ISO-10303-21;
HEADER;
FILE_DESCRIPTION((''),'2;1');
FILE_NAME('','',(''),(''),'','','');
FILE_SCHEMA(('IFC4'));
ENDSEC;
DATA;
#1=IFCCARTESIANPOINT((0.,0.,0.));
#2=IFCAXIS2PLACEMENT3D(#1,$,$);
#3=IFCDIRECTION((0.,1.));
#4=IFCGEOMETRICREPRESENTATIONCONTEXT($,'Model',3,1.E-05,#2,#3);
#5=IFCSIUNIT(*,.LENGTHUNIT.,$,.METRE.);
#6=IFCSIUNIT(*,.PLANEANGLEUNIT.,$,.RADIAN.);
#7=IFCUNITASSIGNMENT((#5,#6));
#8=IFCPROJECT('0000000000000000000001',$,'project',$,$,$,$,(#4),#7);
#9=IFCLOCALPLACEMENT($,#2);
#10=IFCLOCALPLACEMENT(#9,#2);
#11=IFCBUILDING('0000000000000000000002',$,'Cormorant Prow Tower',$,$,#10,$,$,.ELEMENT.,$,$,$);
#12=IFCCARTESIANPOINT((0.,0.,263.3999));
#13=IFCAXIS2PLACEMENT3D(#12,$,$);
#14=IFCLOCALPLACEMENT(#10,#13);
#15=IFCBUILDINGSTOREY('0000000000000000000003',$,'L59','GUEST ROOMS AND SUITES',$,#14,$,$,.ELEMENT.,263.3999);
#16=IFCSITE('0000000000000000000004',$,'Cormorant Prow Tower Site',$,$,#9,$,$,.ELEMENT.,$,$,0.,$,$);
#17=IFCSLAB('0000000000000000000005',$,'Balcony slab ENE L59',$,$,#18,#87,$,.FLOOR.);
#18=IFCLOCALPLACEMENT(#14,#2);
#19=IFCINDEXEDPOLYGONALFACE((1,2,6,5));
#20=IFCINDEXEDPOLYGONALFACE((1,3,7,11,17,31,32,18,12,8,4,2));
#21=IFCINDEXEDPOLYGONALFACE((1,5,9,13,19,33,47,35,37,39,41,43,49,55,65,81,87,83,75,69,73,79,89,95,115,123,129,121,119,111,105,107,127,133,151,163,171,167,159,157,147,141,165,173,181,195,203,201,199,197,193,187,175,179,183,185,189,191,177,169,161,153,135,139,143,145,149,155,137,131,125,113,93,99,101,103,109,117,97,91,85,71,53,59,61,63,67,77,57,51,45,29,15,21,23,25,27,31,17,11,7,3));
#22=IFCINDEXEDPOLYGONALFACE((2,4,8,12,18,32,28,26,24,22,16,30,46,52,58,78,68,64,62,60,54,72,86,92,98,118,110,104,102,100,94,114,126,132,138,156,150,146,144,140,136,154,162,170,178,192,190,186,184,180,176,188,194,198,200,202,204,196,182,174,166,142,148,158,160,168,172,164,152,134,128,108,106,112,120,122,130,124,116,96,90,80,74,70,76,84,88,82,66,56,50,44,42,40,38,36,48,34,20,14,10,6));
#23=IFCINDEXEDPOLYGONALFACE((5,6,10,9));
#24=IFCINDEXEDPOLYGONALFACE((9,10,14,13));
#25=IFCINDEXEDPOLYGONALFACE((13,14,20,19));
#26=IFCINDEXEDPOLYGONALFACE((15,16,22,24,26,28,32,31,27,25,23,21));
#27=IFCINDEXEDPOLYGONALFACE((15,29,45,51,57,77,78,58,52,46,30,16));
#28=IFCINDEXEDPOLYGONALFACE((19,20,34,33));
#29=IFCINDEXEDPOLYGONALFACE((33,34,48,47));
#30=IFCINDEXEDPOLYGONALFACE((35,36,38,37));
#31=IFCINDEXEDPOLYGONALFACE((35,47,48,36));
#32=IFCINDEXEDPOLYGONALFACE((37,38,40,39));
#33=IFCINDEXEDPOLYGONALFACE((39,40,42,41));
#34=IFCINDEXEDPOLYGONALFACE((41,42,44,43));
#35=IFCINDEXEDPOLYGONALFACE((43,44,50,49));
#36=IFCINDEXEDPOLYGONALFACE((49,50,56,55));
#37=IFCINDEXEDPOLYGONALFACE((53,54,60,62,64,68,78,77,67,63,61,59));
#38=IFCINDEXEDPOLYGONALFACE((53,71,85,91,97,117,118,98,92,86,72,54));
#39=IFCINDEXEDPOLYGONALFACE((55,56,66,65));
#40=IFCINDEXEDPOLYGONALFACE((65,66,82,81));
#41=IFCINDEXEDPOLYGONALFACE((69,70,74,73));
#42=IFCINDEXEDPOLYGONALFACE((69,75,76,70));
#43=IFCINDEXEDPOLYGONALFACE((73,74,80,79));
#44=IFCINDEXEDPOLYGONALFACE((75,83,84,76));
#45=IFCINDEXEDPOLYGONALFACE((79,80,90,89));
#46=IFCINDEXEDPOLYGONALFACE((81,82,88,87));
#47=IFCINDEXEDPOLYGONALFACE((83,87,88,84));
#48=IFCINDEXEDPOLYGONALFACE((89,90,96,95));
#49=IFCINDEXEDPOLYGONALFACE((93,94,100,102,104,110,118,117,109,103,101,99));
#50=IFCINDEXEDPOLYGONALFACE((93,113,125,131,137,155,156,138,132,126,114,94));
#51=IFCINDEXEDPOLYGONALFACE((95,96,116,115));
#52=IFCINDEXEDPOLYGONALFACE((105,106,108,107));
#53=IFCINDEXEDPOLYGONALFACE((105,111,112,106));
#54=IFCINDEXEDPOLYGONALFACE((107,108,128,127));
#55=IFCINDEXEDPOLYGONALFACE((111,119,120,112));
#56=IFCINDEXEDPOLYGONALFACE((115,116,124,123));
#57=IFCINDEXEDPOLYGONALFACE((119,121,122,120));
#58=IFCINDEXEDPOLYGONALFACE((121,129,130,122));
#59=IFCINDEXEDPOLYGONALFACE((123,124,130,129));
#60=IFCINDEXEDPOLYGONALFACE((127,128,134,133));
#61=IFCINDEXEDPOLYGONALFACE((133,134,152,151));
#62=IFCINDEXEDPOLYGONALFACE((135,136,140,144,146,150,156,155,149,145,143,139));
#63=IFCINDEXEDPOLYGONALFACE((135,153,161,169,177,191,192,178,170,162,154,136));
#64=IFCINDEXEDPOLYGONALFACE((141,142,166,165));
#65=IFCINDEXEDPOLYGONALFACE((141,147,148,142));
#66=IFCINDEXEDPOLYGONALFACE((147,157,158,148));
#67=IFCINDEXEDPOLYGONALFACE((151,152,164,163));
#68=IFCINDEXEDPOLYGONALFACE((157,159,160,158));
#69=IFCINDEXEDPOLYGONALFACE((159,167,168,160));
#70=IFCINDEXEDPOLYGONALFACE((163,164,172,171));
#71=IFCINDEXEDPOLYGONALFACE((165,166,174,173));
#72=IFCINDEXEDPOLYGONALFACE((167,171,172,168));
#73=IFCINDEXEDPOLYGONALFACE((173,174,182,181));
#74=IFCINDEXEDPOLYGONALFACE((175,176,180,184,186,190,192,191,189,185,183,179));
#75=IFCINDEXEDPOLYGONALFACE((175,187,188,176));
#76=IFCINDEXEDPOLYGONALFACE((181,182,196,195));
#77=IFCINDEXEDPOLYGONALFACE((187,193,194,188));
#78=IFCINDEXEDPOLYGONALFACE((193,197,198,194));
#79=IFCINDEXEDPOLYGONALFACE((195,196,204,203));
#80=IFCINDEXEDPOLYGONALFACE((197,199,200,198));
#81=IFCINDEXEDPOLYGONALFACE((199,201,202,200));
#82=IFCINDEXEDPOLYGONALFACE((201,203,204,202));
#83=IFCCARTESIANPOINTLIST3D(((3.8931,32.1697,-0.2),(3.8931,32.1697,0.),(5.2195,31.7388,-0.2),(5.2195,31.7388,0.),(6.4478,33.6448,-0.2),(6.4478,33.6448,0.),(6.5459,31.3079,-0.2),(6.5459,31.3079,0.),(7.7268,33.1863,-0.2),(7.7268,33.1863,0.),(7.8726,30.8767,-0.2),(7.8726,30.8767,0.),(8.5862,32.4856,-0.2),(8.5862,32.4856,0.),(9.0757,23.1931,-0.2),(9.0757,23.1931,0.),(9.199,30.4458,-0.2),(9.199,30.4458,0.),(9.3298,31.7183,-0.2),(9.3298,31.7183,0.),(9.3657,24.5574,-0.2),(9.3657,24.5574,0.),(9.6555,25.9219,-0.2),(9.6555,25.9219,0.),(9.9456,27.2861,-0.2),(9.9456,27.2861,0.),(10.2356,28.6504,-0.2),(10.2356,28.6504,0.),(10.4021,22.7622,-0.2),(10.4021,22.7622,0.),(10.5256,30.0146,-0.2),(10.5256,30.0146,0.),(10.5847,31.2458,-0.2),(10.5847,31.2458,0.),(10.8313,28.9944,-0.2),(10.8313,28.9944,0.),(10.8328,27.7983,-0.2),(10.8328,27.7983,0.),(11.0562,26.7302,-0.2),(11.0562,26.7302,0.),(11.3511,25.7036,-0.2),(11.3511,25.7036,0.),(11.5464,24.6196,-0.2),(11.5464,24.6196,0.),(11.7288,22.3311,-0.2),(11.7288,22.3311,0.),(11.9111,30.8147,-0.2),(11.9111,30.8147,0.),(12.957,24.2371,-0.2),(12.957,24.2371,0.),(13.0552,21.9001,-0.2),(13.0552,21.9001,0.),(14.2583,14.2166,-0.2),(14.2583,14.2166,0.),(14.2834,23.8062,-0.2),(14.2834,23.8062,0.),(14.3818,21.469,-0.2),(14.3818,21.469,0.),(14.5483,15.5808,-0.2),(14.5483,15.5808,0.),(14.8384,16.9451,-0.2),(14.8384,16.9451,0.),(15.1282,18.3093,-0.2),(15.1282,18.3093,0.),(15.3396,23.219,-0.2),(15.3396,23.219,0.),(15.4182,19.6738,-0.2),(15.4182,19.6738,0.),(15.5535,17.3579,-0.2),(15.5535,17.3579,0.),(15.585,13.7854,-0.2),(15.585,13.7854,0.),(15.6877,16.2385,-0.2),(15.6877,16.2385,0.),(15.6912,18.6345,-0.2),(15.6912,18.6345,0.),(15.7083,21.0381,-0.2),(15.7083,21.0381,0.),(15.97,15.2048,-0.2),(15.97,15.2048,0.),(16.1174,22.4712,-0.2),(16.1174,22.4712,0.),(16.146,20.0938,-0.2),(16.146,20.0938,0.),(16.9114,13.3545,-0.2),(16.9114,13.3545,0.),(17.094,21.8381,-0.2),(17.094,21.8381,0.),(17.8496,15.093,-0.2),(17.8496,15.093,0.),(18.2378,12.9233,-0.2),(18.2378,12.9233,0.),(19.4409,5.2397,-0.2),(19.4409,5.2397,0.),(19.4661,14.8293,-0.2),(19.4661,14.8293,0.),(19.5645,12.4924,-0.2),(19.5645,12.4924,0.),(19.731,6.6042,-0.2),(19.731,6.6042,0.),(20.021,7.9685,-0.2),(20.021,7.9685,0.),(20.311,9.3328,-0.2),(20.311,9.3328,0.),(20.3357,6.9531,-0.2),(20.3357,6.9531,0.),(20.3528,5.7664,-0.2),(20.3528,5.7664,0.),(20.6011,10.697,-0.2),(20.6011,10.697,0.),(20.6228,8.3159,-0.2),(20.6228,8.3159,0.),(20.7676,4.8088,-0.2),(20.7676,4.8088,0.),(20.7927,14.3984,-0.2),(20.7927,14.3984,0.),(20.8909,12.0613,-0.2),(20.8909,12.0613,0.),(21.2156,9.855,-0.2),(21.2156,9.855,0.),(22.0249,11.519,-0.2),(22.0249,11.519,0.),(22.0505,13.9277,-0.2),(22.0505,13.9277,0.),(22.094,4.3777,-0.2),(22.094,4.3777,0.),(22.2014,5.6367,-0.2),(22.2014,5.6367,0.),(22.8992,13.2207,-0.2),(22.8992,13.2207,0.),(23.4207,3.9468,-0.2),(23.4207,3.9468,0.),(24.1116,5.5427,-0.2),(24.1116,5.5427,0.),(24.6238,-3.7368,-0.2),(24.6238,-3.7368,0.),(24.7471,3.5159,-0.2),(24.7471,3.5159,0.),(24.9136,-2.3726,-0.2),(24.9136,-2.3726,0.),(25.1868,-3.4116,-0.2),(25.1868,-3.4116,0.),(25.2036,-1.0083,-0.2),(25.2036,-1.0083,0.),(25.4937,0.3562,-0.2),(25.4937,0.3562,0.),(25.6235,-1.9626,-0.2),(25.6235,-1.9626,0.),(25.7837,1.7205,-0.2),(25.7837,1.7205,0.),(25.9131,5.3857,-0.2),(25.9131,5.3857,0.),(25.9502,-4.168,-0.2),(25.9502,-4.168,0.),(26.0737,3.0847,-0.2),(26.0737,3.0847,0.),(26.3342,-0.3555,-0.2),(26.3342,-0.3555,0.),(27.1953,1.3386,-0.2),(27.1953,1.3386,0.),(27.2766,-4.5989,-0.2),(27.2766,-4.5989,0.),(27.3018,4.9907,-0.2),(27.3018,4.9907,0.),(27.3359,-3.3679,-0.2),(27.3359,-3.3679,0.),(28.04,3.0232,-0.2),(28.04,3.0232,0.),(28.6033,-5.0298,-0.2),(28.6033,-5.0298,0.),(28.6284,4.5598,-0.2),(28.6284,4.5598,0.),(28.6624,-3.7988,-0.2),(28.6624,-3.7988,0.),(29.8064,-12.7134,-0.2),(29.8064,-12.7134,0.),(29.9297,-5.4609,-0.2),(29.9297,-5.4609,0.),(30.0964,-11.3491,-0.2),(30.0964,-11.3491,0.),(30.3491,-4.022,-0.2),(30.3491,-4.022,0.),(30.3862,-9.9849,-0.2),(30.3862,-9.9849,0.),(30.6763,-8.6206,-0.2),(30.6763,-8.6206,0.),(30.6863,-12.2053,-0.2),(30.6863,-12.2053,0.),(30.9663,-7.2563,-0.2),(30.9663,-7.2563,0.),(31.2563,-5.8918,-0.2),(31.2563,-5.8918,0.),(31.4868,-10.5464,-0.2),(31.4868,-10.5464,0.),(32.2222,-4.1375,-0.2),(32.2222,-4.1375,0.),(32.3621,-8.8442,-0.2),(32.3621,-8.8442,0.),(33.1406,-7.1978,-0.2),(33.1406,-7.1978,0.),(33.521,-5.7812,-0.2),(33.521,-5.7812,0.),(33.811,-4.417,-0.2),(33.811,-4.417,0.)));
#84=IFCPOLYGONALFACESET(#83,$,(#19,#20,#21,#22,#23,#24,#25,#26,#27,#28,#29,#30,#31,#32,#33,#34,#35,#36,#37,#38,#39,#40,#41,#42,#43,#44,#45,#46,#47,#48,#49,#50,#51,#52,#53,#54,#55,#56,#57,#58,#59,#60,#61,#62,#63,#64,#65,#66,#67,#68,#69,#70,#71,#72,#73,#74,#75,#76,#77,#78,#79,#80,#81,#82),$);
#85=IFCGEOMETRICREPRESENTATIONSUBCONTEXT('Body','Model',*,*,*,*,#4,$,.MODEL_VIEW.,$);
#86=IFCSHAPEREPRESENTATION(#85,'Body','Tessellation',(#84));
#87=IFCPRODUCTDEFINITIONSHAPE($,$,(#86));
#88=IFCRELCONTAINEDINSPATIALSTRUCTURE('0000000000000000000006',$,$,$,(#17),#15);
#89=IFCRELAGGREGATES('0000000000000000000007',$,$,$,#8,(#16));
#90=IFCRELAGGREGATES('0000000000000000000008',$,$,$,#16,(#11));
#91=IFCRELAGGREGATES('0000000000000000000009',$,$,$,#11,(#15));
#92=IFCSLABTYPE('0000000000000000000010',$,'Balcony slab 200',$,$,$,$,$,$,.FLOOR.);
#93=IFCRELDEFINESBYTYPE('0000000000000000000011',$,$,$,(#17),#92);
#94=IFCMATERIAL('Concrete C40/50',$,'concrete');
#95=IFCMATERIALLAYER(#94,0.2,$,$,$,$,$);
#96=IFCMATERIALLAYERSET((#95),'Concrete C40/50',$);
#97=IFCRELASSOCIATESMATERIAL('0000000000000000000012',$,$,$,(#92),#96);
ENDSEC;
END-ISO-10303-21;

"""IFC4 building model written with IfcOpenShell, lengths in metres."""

from ifc_helpers import new_model, si_unit, direction, frame, origin, place, context, subcontext, project, spatial, polyline, outline, extrude, material, layer, layer_set, type_object, element, save


model = new_model("IFC4")

# Units and contexts
model_context = context("Model", 3, precision=1e-05, world=origin(), true_north=direction((0.0, 1.0)))
body_context = subcontext(model_context, "Body", "Model", "MODEL_VIEW")
ifc_project = project(units=[si_unit("LENGTHUNIT", "METRE"), si_unit("PLANEANGLEUNIT", "RADIAN")], contexts=[model_context])

# Site, building, storey
site_placement = place(None, origin())
site = spatial("IfcSite", under=ifc_project, at=site_placement, Name="Cormorant Prow Tower Site", CompositionType="ELEMENT", RefElevation=0.0)
building_placement = place(site_placement, origin())
building = spatial("IfcBuilding", under=site, at=building_placement, Name="Cormorant Prow Tower", CompositionType="ELEMENT")
storey_placement = place(building_placement, frame((0.0, 0.0, 263.3999)))
storey = spatial("IfcBuildingStorey", under=building, at=storey_placement, Name="L59", Description="GUEST ROOMS AND SUITES", CompositionType="ELEMENT", Elevation=263.3999)

# Slab
ifc_material_1 = material(Name="Concrete C40/50", Category="concrete")
ifc_layer_1 = layer(ifc_material_1, 0.2)
ifc_layer_set_1 = layer_set([ifc_layer_1], Name="Concrete C40/50")
slab_type_1 = type_object("IfcSlabType", Name="Balcony slab 200", PredefinedType="FLOOR", material=ifc_layer_set_1)
slab_1_placement = place(storey_placement, frame((0.0, 0.0, -0.2)))
element("IfcSlab", 1, at=slab_1_placement, inside=storey, type_object=slab_type_1, Name="Balcony slab ENE L59", PredefinedType="FLOOR", context=body_context, shape_type="SweptSolid", body=[
    extrude(outline(polyline([(29.8064, -12.7134), (30.6863, -12.2053), (31.4868, -10.5464), (32.3621, -8.8442), (33.1406, -7.1978), (33.521, -5.7812), (33.811, -4.417), (32.2222, -4.1375), (30.3491, -4.022), (28.6624, -3.7988), (27.3359, -3.3679), (25.1868, -3.4116), (25.6235, -1.9626), (26.3342, -0.3555), (27.1953, 1.3386), (28.04, 3.0232), (28.6284, 4.5598), (27.3018, 4.9907), (25.9131, 5.3857), (24.1116, 5.5427), (22.2014, 5.6367), (20.3528, 5.7664), (20.3357, 6.9531), (20.6228, 8.3159), (21.2156, 9.855), (22.0249, 11.519), (22.8992, 13.2207), (22.0505, 13.9277), (20.7927, 14.3984), (19.4661, 14.8293), (17.8496, 15.093), (15.97, 15.2048), (15.6877, 16.2385), (15.5535, 17.3579), (15.6912, 18.6345), (16.146, 20.0938), (17.094, 21.8381), (16.1174, 22.4712), (15.3396, 23.219), (14.2834, 23.8062), (12.957, 24.2371), (11.5464, 24.6196), (11.3511, 25.7036), (11.0562, 26.7302), (10.8328, 27.7983), (10.8313, 28.9944), (11.9111, 30.8147), (10.5847, 31.2458), (9.3298, 31.7183), (8.5862, 32.4856), (7.7268, 33.1863), (6.4478, 33.6448), (3.8931, 32.1697), (5.2195, 31.7388), (6.5459, 31.3079), (7.8726, 30.8767), (9.199, 30.4458), (10.5256, 30.0146), (10.2356, 28.6504), (9.9456, 27.2861), (9.6555, 25.9219), (9.3657, 24.5574), (9.0757, 23.1931), (10.4021, 22.7622), (11.7288, 22.3311), (13.0552, 21.9001), (14.3818, 21.469), (15.7083, 21.0381), (15.4182, 19.6738), (15.1282, 18.3093), (14.8384, 16.9451), (14.5483, 15.5808), (14.2583, 14.2166), (15.585, 13.7854), (16.9114, 13.3545), (18.2378, 12.9233), (19.5645, 12.4924), (20.8909, 12.0613), (20.6011, 10.697), (20.311, 9.3328), (20.021, 7.9685), (19.731, 6.6042), (19.4409, 5.2397), (20.7676, 4.8088), (22.094, 4.3777), (23.4207, 3.9468), (24.7471, 3.5159), (26.0737, 3.0847), (25.7837, 1.7205), (25.4937, 0.3562), (25.2036, -1.0083), (24.9136, -2.3726), (24.6238, -3.7368), (25.9502, -4.168), (27.2766, -4.5989), (28.6033, -5.0298), (29.9297, -5.4609), (31.2563, -5.8918), (30.9663, -7.2563), (30.6763, -8.6206), (30.3862, -9.9849), (30.0964, -11.3491), (29.8064, -12.7134)])), origin(), (0.0, 0.0, 1.0), 0.2),
])

save(model, "model.ifc")
